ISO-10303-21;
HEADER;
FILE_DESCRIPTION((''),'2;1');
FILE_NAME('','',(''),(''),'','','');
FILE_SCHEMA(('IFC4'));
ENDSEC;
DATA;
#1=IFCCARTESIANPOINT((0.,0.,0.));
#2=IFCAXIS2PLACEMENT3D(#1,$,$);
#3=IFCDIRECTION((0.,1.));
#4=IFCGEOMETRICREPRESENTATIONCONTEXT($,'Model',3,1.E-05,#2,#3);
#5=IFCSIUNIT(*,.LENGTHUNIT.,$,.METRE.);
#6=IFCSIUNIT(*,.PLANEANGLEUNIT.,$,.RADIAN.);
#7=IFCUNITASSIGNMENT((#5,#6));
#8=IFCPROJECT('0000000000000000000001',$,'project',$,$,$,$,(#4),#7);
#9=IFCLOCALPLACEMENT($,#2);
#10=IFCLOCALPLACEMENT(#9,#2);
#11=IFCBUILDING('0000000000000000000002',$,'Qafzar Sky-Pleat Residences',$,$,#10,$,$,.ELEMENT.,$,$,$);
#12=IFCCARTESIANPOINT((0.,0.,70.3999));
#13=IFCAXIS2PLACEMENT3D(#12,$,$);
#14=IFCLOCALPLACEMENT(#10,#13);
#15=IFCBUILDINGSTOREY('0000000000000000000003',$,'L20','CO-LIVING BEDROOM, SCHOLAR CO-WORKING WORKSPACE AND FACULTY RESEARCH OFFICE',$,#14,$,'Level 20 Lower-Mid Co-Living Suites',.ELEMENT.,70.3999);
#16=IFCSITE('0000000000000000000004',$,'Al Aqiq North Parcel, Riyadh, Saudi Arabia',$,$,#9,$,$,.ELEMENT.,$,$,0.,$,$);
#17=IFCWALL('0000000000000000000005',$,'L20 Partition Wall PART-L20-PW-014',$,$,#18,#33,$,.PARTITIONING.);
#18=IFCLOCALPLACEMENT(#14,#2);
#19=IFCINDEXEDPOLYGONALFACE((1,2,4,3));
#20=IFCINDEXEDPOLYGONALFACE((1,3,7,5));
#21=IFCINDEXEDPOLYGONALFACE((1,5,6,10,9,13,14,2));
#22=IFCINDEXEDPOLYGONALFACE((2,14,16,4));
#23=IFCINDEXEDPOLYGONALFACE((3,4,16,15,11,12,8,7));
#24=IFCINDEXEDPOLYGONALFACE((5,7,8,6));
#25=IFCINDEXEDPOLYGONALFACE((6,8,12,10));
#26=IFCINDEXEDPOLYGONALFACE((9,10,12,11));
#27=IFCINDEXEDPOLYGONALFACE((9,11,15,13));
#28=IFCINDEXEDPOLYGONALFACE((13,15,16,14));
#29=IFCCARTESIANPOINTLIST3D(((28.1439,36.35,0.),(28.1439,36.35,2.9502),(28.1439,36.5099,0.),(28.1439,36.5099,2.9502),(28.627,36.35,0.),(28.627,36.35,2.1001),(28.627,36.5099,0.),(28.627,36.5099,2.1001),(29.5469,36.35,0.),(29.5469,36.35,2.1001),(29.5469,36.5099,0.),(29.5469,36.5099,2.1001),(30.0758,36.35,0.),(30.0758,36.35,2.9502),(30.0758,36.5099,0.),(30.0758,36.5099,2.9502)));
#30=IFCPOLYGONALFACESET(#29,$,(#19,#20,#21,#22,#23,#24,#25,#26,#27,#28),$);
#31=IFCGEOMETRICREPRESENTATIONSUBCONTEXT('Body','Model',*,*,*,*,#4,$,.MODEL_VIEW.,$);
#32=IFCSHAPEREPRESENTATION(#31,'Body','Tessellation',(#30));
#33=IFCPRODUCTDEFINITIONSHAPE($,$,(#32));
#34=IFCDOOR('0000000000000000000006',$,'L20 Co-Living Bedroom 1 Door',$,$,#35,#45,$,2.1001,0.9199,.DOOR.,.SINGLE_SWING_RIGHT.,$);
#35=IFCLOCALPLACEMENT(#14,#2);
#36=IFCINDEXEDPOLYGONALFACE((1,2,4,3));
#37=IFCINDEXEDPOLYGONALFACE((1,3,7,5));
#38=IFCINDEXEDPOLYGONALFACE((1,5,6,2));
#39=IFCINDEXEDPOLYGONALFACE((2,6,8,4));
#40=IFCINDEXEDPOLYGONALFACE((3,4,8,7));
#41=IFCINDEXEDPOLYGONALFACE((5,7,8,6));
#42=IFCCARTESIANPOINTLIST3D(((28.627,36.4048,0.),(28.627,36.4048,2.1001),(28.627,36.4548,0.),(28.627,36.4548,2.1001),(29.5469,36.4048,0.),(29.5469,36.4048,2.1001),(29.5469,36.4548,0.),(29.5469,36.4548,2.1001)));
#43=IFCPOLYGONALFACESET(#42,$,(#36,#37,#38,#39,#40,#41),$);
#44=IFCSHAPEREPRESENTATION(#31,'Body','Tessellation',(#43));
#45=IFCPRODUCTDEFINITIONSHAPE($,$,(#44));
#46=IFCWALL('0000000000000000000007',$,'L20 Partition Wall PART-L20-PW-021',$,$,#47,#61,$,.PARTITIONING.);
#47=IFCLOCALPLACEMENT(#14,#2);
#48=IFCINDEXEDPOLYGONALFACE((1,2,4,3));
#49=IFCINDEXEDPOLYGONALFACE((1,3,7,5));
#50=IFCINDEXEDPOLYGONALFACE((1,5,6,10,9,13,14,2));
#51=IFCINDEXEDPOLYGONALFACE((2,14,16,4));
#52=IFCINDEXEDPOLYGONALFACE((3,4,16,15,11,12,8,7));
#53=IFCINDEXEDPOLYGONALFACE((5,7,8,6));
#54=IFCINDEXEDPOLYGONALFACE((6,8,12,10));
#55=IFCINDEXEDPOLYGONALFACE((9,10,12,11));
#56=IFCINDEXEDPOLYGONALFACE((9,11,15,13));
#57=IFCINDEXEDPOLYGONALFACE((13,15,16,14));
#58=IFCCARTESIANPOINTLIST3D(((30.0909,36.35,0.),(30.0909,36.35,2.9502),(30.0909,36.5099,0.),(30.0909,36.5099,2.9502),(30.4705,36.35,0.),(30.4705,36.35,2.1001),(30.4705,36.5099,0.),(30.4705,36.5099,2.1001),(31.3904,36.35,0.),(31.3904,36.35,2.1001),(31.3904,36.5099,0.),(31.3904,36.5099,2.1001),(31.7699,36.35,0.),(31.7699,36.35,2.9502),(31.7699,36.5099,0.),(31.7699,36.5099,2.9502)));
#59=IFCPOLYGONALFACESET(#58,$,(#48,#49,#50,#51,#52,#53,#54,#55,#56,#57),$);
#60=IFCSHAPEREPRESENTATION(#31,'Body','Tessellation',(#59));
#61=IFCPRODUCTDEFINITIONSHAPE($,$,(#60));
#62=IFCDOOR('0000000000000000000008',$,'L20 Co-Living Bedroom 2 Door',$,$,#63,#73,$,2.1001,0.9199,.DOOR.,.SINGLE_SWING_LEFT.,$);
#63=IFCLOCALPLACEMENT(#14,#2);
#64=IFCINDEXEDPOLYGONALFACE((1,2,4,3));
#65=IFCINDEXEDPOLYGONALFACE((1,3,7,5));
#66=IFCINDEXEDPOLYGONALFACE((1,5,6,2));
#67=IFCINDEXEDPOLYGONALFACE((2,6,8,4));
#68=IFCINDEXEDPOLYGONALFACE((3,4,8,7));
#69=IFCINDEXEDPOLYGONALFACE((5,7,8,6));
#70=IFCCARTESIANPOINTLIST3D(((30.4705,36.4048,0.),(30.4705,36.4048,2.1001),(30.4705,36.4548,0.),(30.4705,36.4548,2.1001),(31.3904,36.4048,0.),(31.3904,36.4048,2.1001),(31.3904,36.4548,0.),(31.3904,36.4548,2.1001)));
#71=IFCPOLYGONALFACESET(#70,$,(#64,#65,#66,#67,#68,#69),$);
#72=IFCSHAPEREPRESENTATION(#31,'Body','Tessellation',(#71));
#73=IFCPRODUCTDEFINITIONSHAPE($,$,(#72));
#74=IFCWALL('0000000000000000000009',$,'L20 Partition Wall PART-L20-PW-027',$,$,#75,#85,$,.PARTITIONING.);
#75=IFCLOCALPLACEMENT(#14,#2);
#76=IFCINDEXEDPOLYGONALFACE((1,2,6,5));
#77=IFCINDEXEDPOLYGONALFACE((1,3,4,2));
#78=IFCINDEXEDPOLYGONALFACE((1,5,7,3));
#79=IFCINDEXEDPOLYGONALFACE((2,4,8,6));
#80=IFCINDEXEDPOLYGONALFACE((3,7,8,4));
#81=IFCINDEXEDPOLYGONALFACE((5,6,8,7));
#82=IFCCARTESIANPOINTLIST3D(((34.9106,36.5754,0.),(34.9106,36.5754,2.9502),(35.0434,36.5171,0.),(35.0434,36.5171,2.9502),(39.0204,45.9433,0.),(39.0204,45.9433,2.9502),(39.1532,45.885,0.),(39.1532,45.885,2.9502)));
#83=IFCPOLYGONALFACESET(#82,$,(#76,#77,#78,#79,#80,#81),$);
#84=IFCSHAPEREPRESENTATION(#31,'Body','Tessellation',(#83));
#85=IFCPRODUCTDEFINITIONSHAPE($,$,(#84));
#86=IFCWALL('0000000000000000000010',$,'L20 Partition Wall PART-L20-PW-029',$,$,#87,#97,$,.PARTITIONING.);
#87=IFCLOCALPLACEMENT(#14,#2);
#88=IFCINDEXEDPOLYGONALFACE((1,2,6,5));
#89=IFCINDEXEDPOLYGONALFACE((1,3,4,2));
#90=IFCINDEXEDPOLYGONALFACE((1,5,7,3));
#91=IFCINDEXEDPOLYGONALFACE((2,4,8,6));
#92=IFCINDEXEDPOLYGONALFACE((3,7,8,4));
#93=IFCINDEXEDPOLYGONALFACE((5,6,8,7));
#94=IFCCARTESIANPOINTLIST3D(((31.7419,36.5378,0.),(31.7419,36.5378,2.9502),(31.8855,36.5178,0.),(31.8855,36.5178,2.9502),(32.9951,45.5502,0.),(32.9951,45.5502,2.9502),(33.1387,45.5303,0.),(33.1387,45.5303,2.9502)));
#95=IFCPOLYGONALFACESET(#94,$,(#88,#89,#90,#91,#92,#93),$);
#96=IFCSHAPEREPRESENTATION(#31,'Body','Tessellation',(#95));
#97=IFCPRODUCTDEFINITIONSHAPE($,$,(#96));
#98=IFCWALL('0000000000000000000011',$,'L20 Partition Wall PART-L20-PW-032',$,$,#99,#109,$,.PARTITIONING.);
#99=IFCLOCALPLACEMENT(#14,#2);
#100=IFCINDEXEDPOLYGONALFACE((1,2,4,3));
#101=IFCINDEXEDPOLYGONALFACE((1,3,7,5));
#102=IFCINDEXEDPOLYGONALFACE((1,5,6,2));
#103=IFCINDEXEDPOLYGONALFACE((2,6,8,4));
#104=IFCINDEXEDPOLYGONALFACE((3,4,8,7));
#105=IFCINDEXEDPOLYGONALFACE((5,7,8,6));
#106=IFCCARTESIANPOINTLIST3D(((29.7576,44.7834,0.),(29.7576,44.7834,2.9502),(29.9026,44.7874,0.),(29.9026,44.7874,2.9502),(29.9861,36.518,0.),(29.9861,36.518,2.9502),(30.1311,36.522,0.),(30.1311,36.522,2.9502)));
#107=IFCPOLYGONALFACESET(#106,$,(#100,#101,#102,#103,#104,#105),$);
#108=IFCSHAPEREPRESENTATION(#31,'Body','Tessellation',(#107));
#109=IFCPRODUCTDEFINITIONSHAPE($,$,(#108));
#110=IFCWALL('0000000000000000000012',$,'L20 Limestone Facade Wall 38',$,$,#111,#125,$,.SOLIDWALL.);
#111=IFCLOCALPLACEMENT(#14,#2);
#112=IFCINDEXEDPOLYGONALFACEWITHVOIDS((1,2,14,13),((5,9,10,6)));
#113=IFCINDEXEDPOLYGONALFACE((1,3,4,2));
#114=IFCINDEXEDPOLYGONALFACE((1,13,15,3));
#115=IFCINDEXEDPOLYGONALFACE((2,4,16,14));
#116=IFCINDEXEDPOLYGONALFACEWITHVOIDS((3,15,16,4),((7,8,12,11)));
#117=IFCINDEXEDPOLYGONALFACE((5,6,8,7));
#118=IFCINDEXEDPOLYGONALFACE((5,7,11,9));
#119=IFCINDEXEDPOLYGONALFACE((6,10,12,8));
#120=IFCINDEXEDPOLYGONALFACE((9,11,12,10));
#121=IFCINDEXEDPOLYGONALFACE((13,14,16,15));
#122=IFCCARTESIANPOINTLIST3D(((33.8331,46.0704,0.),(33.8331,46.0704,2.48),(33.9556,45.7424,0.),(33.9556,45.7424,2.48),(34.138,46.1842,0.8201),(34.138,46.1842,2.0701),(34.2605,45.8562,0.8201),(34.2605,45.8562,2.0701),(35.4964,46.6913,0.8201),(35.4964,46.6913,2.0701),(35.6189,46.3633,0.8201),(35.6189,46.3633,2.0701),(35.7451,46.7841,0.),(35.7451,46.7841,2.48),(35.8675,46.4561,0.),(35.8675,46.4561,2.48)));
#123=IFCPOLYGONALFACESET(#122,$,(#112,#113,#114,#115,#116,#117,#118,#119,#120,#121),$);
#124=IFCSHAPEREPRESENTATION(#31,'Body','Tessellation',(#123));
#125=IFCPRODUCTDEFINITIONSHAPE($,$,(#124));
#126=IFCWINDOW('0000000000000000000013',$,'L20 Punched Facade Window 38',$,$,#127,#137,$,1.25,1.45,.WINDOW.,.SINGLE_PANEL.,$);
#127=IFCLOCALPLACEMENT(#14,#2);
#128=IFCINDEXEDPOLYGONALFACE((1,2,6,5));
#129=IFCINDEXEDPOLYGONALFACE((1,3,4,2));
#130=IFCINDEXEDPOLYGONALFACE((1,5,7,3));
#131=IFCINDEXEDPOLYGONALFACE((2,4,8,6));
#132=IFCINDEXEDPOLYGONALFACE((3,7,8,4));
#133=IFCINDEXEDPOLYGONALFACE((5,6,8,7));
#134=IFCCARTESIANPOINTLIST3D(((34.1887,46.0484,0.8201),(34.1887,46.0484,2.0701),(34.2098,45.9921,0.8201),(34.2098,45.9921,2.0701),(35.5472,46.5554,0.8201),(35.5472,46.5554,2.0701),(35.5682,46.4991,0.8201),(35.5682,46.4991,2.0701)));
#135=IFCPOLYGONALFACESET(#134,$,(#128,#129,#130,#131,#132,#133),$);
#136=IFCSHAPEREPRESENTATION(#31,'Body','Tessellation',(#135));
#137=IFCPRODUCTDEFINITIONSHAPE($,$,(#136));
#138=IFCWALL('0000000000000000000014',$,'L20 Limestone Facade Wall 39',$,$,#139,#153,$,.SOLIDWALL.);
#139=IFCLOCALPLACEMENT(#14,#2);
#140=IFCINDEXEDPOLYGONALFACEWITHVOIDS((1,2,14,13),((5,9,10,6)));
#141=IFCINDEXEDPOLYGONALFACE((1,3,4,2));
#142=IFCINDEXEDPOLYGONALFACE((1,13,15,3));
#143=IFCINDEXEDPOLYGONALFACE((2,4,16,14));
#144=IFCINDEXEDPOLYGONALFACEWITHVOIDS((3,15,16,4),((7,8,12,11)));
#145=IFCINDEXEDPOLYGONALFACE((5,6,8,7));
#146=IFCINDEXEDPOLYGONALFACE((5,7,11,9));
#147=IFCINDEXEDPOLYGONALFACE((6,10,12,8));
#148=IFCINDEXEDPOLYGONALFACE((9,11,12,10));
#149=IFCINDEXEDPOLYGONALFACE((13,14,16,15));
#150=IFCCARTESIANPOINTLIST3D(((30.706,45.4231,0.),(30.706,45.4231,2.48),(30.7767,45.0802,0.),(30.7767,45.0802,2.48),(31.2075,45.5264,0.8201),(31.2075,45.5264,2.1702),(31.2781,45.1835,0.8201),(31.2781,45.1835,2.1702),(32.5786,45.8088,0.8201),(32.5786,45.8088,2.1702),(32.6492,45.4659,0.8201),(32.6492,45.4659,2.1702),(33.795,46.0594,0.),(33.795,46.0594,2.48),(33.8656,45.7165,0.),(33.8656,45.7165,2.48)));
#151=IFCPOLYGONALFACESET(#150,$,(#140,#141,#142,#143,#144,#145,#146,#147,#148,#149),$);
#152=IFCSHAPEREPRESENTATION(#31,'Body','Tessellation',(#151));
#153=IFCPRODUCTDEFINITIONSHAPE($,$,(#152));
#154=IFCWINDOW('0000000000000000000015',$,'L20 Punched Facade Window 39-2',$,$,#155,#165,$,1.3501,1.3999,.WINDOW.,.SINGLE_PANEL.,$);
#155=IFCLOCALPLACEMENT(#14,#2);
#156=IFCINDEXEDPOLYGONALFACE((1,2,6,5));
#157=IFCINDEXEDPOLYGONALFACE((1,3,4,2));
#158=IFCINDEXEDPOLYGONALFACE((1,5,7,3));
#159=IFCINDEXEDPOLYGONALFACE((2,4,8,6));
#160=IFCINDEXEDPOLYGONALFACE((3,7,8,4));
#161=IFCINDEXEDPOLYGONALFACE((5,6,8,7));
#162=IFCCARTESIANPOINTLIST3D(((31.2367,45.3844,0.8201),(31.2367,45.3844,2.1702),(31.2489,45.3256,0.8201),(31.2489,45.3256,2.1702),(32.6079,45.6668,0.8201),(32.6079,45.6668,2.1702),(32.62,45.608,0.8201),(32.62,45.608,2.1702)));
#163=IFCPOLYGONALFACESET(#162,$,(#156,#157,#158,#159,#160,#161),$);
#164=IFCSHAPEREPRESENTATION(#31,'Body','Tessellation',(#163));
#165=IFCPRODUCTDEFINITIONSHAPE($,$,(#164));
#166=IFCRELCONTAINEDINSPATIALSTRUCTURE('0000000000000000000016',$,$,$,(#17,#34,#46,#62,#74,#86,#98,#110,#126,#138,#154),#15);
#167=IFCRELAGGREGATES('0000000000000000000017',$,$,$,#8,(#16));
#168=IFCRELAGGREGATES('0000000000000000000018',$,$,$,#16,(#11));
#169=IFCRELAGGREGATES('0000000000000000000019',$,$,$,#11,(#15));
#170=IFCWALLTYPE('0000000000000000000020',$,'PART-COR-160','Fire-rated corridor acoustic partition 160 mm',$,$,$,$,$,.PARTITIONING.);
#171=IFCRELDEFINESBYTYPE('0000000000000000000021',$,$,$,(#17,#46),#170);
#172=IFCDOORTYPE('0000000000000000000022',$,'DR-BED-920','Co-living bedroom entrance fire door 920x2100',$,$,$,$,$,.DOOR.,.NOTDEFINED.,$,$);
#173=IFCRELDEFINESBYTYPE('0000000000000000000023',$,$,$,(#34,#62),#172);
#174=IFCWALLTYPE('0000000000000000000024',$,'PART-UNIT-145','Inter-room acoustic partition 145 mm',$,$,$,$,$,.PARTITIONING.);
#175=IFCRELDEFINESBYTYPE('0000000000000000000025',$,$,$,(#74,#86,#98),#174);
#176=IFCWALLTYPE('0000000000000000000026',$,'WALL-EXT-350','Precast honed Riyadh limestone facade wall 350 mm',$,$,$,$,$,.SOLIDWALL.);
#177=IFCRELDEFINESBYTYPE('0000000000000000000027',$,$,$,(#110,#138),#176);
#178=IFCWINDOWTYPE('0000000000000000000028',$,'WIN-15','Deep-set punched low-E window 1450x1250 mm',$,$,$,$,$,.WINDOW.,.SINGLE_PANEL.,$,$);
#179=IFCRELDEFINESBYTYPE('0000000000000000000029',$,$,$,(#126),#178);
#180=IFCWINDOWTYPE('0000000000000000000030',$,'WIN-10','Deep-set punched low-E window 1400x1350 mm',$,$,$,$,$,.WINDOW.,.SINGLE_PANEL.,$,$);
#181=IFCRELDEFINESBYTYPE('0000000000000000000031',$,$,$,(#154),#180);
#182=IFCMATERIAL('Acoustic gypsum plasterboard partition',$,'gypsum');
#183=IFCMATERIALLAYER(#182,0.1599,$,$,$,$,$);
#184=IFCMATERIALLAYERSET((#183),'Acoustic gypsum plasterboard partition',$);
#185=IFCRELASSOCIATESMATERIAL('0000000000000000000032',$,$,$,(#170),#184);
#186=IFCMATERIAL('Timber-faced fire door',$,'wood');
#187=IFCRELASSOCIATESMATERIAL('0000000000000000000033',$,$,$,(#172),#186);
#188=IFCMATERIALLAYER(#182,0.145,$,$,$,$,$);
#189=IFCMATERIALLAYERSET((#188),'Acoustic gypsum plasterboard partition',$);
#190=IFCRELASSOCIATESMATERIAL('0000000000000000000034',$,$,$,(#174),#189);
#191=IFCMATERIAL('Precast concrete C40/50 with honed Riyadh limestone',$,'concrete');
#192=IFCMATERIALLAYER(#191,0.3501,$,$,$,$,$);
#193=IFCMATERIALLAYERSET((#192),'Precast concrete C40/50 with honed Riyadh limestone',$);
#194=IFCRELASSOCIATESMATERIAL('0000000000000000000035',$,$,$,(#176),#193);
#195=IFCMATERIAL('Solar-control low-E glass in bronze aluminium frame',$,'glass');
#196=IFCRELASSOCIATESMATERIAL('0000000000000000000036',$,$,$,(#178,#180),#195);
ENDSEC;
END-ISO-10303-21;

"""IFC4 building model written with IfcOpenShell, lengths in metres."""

from ifc_helpers import new_model, si_unit, direction, frame, frame_2d, origin, place, context, subcontext, project, spatial, rectangle, extrude, source, transform, mapped, material, layer, layer_set, type_object, element, fill, save


model = new_model("IFC4")

# Units and contexts
model_context = context("Model", 3, precision=1e-05, world=origin(), true_north=direction((0.0, 1.0)))
body_context = subcontext(model_context, "Body", "Model", "MODEL_VIEW")
ifc_project = project(units=[si_unit("LENGTHUNIT", "METRE"), si_unit("PLANEANGLEUNIT", "RADIAN")], contexts=[model_context])

# Site, building, storey
site_placement = place(None, origin())
site = spatial("IfcSite", under=ifc_project, at=site_placement, Name="Al Aqiq North Parcel, Riyadh, Saudi Arabia", CompositionType="ELEMENT", RefElevation=0.0)
building_placement = place(site_placement, origin())
building = spatial("IfcBuilding", under=site, at=building_placement, Name="Qafzar Sky-Pleat Residences", CompositionType="ELEMENT")
storey_placement = place(building_placement, frame((0.0, 0.0, 70.3999)))
storey = spatial("IfcBuildingStorey", under=building, at=storey_placement, Name="L20", Description="CO-LIVING BEDROOM, SCHOLAR CO-WORKING WORKSPACE AND FACULTY RESEARCH OFFICE", LongName="Level 20 Lower-Mid Co-Living Suites", CompositionType="ELEMENT", Elevation=70.3999)

# Walls, openings, doors
ifc_material_1 = material(Name="Acoustic gypsum plasterboard partition", Category="gypsum")
ifc_layer_1 = layer(ifc_material_1, 0.1599)
ifc_layer_set_1 = layer_set([ifc_layer_1], Name="Acoustic gypsum plasterboard partition")
wall_type_1 = type_object("IfcWallType", Name="PART-COR-160", Description="Fire-rated corridor acoustic partition 160 mm", PredefinedType="PARTITIONING", material=ifc_layer_set_1)
ifc_material_2 = material(Name="Timber-faced fire door", Category="wood")
wall_1_placement = place(storey_placement, frame((28.144, 36.4299, 0.0), z_axis=(0.0, 0.0, 1.0), x_axis=(1.0, 0.0, 0.0)))
wall_1 = element("IfcWall", 1, at=wall_1_placement, inside=storey, type_object=wall_type_1, Name="L20 Partition Wall PART-L20-PW-014", PredefinedType="PARTITIONING", context=body_context, shape_type="SweptSolid", body=[
    extrude(rectangle(XDim=1.9319, YDim=0.1599, at=frame_2d((0.9658, 0.0))), origin(), (0.0, 0.0, 1.0), 2.9502),
])
opening_1_placement = place(wall_1_placement, frame((0.4829, 0.0, 0.0)))
opening_1 = element("IfcOpeningElement", 2, at=opening_1_placement, cuts=wall_1, PredefinedType="OPENING", context=body_context, shape_type="SweptSolid", body=[
    extrude(rectangle(XDim=0.9199, YDim=2.1001, at=frame_2d((0.46, 1.05))), frame((0.0, 0.0898, 0.0), z_axis=(0.0, -1.0, 0.0), x_axis=(1.0, 0.0, 0.0)), (0.0, 0.0, 1.0), 0.1799),
])
door_type_1 = type_object("IfcDoorType", Name="DR-BED-920", Description="Co-living bedroom entrance fire door 920x2100", OperationType="NOTDEFINED", PredefinedType="DOOR", material=ifc_material_2)
shared_shape_1 = source(origin(), body_context, "Body", "SweptSolid", [
    extrude(rectangle(XDim=0.9199, YDim=2.1001, at=frame_2d((0.46, 1.05))), frame((0.0, 0.0249, 0.0), z_axis=(0.0, -1.0, 0.0), x_axis=(1.0, 0.0, 0.0)), (0.0, 0.0, 1.0), 0.05),
])
door_1_placement = place(opening_1_placement, origin())
door_1 = element("IfcDoor", 3, at=door_1_placement, inside=storey, type_object=door_type_1, Name="L20 Co-Living Bedroom 1 Door", OperationType="SINGLE_SWING_RIGHT", OverallHeight=2.1001, OverallWidth=0.9199, PredefinedType="DOOR", context=body_context, shape_type="MappedRepresentation", body=[
    mapped(shared_shape_1, transform((0.0, 0.0, 0.0), x_axis=(1.0, 0.0, 0.0), y_axis=(0.0, 1.0, 0.0), z_axis=(0.0, 0.0, 1.0), scale=1.0)),
])
fill(opening_1, door_1)
wall_2_placement = place(storey_placement, frame((30.0911, 36.4299, 0.0), z_axis=(0.0, 0.0, 1.0), x_axis=(1.0, 0.0, 0.0)))
wall_2 = element("IfcWall", 4, at=wall_2_placement, inside=storey, type_object=wall_type_1, Name="L20 Partition Wall PART-L20-PW-021", PredefinedType="PARTITIONING", context=body_context, shape_type="SweptSolid", body=[
    extrude(rectangle(XDim=1.679, YDim=0.1599, at=frame_2d((0.8394, 0.0))), origin(), (0.0, 0.0, 1.0), 2.9502),
])
opening_2_placement = place(wall_2_placement, frame((0.3794, 0.0, 0.0)))
opening_2 = element("IfcOpeningElement", 5, at=opening_2_placement, cuts=wall_2, PredefinedType="OPENING", context=body_context, shape_type="SweptSolid", body=[
    extrude(rectangle(XDim=0.9199, YDim=2.1001, at=frame_2d((0.46, 1.05))), frame((0.0, 0.0898, 0.0), z_axis=(0.0, -1.0, 0.0), x_axis=(1.0, 0.0, 0.0)), (0.0, 0.0, 1.0), 0.1799),
])
door_2_placement = place(opening_2_placement, origin())
door_2 = element("IfcDoor", 6, at=door_2_placement, inside=storey, type_object=door_type_1, Name="L20 Co-Living Bedroom 2 Door", OperationType="SINGLE_SWING_LEFT", OverallHeight=2.1001, OverallWidth=0.9199, PredefinedType="DOOR", context=body_context, shape_type="MappedRepresentation", body=[
    mapped(shared_shape_1, transform((0.0, 0.0, 0.0), x_axis=(1.0, 0.0, 0.0), y_axis=(0.0, 1.0, 0.0), z_axis=(0.0, 0.0, 1.0), scale=1.0)),
])
fill(opening_2, door_2)

# Walls
ifc_layer_2 = layer(ifc_material_1, 0.145)
ifc_layer_set_2 = layer_set([ifc_layer_2], Name="Acoustic gypsum plasterboard partition")
wall_type_2 = type_object("IfcWallType", Name="PART-UNIT-145", Description="Inter-room acoustic partition 145 mm", PredefinedType="PARTITIONING", material=ifc_layer_set_2)
wall_3_placement = place(storey_placement, frame((34.9771, 36.5464, 0.0), z_axis=(0.0, 0.0, 1.0), x_axis=(0.401754, 0.915748, 0.0)))
element("IfcWall", 7, at=wall_3_placement, inside=storey, type_object=wall_type_2, Name="L20 Partition Wall PART-L20-PW-027", PredefinedType="PARTITIONING", context=body_context, shape_type="SweptSolid", body=[
    extrude(rectangle(XDim=10.2297, YDim=0.145, at=frame_2d((5.1147, 0.0))), origin(), (0.0, 0.0, 1.0), 2.9502),
])
wall_4_placement = place(storey_placement, frame((31.8137, 36.5278, 0.0), z_axis=(0.0, 0.0, 1.0), x_axis=(0.137724, 0.990471, 0.0)))
element("IfcWall", 8, at=wall_4_placement, inside=storey, type_object=wall_type_2, Name="L20 Partition Wall PART-L20-PW-029", PredefinedType="PARTITIONING", context=body_context, shape_type="SweptSolid", body=[
    extrude(rectangle(XDim=9.0991, YDim=0.145, at=frame_2d((4.5496, 0.0))), origin(), (0.0, 0.0, 1.0), 2.9502),
])
wall_5_placement = place(storey_placement, frame((29.8301, 44.7854, 0.0), z_axis=(0.0, 0.0, 1.0), x_axis=(0.027637, -0.999618, 0.0)))
element("IfcWall", 9, at=wall_5_placement, inside=storey, type_object=wall_type_2, Name="L20 Partition Wall PART-L20-PW-032", PredefinedType="PARTITIONING", context=body_context, shape_type="SweptSolid", body=[
    extrude(rectangle(XDim=8.2686, YDim=0.145, at=frame_2d((4.1343, 0.0))), origin(), (0.0, 0.0, 1.0), 2.9502),
])

# Walls, openings, windows
ifc_material_3 = material(Name="Precast concrete C40/50 with honed Riyadh limestone", Category="concrete")
ifc_layer_3 = layer(ifc_material_3, 0.3501)
ifc_layer_set_3 = layer_set([ifc_layer_3], Name="Precast concrete C40/50 with honed Riyadh limestone")
wall_type_3 = type_object("IfcWallType", Name="WALL-EXT-350", Description="Precast honed Riyadh limestone facade wall 350 mm", PredefinedType="SOLIDWALL", material=ifc_layer_set_3)
wall_6_placement = place(storey_placement, frame((35.8064, 46.6201, 0.0), z_axis=(0.0, 0.0, 1.0), x_axis=(-0.936864, -0.349694, 0.0)))
wall_6 = element("IfcWall", 10, at=wall_6_placement, inside=storey, type_object=wall_type_3, Name="L20 Limestone Facade Wall 38", PredefinedType="SOLIDWALL", context=body_context, shape_type="SweptSolid", body=[
    extrude(rectangle(XDim=2.0408, YDim=0.3501, at=frame_2d((1.0205, 0.0))), origin(), (0.0, 0.0, 1.0), 2.48),
])
opening_3_placement = place(wall_6_placement, frame((0.2654, 0.0, 0.8201)))
opening_3 = element("IfcOpeningElement", 11, at=opening_3_placement, cuts=wall_6, PredefinedType="OPENING", context=body_context, shape_type="SweptSolid", body=[
    extrude(rectangle(XDim=1.45, YDim=1.25, at=frame_2d((0.7251, 0.625))), frame((0.0, 0.1851, 0.0), z_axis=(0.0, -1.0, 0.0), x_axis=(1.0, 0.0, 0.0)), (0.0, 0.0, 1.0), 0.3701),
])
ifc_material_4 = material(Name="Solar-control low-E glass in bronze aluminium frame", Category="glass")
window_type_1 = type_object("IfcWindowType", Name="WIN-15", Description="Deep-set punched low-E window 1450x1250 mm", PartitioningType="SINGLE_PANEL", PredefinedType="WINDOW", material=ifc_material_4)
shared_shape_2 = source(origin(), body_context, "Body", "SweptSolid", [
    extrude(rectangle(XDim=1.45, YDim=1.25, at=frame_2d((0.7251, 0.625))), frame((0.0, 0.03, 0.0), z_axis=(0.0, -1.0, 0.0), x_axis=(1.0, 0.0, 0.0)), (0.0, 0.0, 1.0), 0.0601),
])
window_1_placement = place(opening_3_placement, origin())
window_1 = element("IfcWindow", 12, at=window_1_placement, inside=storey, type_object=window_type_1, Name="L20 Punched Facade Window 38", OverallHeight=1.25, OverallWidth=1.45, PartitioningType="SINGLE_PANEL", PredefinedType="WINDOW", context=body_context, shape_type="MappedRepresentation", body=[
    mapped(shared_shape_2, transform((0.0, 0.0, 0.0), x_axis=(1.0, 0.0, 0.0), y_axis=(0.0, 1.0, 0.0), z_axis=(0.0, 0.0, 1.0), scale=1.0)),
])
fill(opening_3, window_1)
wall_7_placement = place(storey_placement, frame((33.8303, 45.8879, 0.0), z_axis=(0.0, 0.0, 1.0), x_axis=(-0.979439, -0.20174, 0.0)))
wall_7 = element("IfcWall", 13, at=wall_7_placement, inside=storey, type_object=wall_type_3, Name="L20 Limestone Facade Wall 39", PredefinedType="SOLIDWALL", context=body_context, shape_type="SweptSolid", body=[
    extrude(rectangle(XDim=3.1538, YDim=0.3501, at=frame_2d((1.5769, 0.0))), origin(), (0.0, 0.0, 1.0), 2.48),
])
opening_4_placement = place(wall_7_placement, frame((1.2419, 0.0, 0.8201)))
opening_4 = element("IfcOpeningElement", 14, at=opening_4_placement, cuts=wall_7, PredefinedType="OPENING", context=body_context, shape_type="SweptSolid", body=[
    extrude(rectangle(XDim=1.3999, YDim=1.3501, at=frame_2d((0.7, 0.675))), frame((0.0, 0.1851, 0.0), z_axis=(0.0, -1.0, 0.0), x_axis=(1.0, 0.0, 0.0)), (0.0, 0.0, 1.0), 0.3701),
])
window_type_2 = type_object("IfcWindowType", Name="WIN-10", Description="Deep-set punched low-E window 1400x1350 mm", PartitioningType="SINGLE_PANEL", PredefinedType="WINDOW", material=ifc_material_4)
shared_shape_3 = source(origin(), body_context, "Body", "SweptSolid", [
    extrude(rectangle(XDim=1.3999, YDim=1.3501, at=frame_2d((0.7, 0.675))), frame((0.0, 0.03, 0.0), z_axis=(0.0, -1.0, 0.0), x_axis=(1.0, 0.0, 0.0)), (0.0, 0.0, 1.0), 0.0601),
])
window_2_placement = place(opening_4_placement, origin())
window_2 = element("IfcWindow", 15, at=window_2_placement, inside=storey, type_object=window_type_2, Name="L20 Punched Facade Window 39-2", OverallHeight=1.3501, OverallWidth=1.3999, PartitioningType="SINGLE_PANEL", PredefinedType="WINDOW", context=body_context, shape_type="MappedRepresentation", body=[
    mapped(shared_shape_3, transform((0.0, 0.0, 0.0), x_axis=(1.0, 0.0, 0.0), y_axis=(0.0, 1.0, 0.0), z_axis=(0.0, 0.0, 1.0), scale=1.0)),
])
fill(opening_4, window_2)

save(model, "model.ifc")
